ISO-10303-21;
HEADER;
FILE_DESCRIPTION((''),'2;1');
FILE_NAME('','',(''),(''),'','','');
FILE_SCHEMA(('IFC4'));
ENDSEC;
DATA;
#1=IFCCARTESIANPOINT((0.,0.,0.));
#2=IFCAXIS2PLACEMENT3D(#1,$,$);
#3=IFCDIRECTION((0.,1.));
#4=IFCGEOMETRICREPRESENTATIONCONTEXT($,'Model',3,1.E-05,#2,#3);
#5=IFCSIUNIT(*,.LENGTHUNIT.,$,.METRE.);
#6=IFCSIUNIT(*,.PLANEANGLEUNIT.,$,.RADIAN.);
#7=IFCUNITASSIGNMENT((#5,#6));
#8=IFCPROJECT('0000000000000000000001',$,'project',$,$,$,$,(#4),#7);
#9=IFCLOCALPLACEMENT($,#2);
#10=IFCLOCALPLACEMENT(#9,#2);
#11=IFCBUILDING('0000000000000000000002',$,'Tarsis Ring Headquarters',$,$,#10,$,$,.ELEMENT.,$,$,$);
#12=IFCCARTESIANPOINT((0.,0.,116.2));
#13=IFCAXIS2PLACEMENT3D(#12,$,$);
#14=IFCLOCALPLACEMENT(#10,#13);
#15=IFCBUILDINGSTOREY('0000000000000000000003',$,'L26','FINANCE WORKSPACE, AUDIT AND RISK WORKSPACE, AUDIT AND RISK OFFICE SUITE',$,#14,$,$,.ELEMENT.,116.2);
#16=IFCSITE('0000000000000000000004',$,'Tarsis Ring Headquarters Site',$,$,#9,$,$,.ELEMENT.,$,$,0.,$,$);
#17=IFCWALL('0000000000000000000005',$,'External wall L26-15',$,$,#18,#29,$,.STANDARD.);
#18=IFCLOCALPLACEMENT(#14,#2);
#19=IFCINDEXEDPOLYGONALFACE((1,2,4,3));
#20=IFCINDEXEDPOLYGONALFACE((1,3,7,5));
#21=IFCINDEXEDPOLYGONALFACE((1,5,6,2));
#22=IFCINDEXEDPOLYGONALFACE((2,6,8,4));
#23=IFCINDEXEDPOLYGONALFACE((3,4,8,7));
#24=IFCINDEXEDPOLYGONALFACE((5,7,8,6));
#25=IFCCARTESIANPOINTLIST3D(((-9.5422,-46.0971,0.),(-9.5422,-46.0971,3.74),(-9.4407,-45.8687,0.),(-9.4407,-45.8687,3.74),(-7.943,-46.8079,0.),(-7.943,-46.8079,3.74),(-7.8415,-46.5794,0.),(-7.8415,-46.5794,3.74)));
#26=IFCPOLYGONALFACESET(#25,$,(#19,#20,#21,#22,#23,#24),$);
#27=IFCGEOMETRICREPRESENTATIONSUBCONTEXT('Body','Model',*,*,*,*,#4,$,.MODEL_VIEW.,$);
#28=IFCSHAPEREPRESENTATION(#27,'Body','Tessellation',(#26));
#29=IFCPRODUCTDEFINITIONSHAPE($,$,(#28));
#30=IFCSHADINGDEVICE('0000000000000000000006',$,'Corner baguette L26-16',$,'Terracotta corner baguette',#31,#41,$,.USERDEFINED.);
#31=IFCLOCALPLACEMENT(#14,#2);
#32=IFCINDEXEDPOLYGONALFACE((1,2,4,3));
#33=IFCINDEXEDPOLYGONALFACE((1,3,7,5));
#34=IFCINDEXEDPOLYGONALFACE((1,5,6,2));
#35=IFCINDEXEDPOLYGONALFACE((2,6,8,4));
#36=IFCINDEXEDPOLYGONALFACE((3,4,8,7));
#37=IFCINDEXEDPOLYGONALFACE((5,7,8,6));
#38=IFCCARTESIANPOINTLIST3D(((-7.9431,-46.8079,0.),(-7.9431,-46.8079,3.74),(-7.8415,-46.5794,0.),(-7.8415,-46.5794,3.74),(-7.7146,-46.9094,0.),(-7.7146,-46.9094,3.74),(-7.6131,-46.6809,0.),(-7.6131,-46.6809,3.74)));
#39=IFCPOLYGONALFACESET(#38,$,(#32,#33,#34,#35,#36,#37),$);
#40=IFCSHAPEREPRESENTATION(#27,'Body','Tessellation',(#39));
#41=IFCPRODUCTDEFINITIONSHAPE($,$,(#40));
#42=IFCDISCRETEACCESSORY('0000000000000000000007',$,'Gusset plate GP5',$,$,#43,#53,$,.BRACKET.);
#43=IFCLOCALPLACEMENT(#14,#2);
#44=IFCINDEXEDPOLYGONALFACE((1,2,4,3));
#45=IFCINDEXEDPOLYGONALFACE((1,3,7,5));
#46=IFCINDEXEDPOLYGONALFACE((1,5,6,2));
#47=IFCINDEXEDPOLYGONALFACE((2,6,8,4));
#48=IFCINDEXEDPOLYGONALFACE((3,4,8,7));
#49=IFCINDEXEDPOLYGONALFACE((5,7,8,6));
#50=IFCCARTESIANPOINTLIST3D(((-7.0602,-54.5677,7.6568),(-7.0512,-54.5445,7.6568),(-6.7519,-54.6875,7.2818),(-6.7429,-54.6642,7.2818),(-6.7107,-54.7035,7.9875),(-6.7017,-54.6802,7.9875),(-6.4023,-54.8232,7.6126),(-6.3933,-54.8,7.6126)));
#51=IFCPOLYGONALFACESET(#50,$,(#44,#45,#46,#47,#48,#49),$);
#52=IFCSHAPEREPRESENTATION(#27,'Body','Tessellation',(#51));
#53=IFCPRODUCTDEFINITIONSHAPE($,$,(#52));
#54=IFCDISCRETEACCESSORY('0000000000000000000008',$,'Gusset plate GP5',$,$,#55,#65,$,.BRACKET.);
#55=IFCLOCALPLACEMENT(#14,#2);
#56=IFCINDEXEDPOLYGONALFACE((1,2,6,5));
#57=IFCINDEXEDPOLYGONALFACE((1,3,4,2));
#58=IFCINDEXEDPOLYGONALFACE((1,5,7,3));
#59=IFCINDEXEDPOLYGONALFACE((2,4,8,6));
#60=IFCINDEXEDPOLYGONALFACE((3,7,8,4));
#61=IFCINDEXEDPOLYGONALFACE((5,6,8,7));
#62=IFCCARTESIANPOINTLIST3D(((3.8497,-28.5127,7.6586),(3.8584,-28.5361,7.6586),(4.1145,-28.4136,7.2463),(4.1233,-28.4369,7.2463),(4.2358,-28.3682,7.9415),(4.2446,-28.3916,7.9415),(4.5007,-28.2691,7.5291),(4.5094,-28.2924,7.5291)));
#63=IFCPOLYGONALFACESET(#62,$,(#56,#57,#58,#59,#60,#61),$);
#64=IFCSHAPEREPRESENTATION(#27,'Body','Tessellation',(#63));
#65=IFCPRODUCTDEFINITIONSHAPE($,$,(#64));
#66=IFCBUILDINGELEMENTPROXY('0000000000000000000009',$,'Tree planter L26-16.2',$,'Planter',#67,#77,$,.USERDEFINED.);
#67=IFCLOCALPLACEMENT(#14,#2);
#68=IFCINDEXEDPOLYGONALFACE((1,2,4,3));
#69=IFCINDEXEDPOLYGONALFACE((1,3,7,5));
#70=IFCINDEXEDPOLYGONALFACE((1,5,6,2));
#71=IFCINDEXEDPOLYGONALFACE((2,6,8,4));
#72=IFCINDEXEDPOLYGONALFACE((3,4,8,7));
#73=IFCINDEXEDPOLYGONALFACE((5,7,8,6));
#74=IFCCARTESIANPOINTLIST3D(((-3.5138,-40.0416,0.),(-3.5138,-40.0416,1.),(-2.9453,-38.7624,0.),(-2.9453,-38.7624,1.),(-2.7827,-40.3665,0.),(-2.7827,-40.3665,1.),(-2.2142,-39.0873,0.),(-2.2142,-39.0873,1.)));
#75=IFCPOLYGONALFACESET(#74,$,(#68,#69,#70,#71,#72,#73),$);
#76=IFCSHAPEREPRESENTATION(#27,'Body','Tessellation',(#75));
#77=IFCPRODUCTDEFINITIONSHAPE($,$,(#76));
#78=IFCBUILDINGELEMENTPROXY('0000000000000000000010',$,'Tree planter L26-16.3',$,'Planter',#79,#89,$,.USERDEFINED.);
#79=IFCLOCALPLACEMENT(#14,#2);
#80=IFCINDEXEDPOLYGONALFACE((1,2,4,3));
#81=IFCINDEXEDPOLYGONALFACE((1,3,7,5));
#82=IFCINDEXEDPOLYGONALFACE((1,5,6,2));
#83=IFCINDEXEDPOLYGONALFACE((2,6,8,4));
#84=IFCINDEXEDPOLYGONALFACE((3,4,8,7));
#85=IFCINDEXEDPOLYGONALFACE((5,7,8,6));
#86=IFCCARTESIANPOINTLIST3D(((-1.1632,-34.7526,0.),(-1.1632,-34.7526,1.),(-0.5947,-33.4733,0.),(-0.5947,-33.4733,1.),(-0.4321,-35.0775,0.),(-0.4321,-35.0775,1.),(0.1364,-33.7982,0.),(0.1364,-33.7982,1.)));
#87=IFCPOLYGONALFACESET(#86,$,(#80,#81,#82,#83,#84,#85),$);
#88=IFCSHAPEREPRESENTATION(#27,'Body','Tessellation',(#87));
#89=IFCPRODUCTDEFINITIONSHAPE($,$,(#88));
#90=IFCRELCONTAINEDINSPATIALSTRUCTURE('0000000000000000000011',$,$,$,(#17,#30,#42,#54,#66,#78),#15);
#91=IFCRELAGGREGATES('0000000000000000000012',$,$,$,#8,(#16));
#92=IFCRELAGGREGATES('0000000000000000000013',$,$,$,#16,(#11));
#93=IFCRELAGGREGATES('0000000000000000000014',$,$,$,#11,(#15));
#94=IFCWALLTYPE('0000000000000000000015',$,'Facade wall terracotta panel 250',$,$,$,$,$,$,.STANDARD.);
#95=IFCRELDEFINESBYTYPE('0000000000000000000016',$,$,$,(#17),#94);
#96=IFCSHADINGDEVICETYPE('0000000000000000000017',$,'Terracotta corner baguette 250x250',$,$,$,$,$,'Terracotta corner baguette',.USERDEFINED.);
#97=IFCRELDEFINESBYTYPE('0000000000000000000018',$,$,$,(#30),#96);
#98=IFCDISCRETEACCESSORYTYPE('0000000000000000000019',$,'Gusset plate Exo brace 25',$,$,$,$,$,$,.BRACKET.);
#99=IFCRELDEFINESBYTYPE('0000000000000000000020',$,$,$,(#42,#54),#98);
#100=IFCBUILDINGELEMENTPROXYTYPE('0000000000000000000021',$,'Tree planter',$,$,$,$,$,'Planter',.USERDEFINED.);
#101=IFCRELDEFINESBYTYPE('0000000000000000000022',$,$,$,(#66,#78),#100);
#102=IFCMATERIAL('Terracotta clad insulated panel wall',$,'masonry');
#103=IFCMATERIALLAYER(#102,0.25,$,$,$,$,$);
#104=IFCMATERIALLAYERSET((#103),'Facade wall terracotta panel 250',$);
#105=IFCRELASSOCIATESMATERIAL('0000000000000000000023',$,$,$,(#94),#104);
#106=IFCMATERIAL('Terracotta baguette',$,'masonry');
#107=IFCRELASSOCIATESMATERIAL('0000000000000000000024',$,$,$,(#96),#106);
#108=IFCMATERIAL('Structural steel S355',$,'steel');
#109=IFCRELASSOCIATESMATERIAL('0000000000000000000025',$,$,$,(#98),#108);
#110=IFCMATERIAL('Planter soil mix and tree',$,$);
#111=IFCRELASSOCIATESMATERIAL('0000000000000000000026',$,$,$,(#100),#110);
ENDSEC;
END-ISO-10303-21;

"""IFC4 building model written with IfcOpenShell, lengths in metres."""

from ifc_helpers import new_model, si_unit, direction, frame, frame_2d, origin, origin_2d, place, context, subcontext, project, spatial, rectangle, extrude, material, layer, layer_set, material_profile, profile_set, type_object, element, save


model = new_model("IFC4")

# Units and contexts
model_context = context("Model", 3, precision=1e-05, world=origin(), true_north=direction((0.0, 1.0)))
body_context = subcontext(model_context, "Body", "Model", "MODEL_VIEW")
ifc_project = project(units=[si_unit("LENGTHUNIT", "METRE"), si_unit("PLANEANGLEUNIT", "RADIAN")], contexts=[model_context])

# Site, building, storey
site_placement = place(None, origin())
site = spatial("IfcSite", under=ifc_project, at=site_placement, Name="Tarsis Ring Headquarters Site", CompositionType="ELEMENT", RefElevation=0.0)
building_placement = place(site_placement, origin())
building = spatial("IfcBuilding", under=site, at=building_placement, Name="Tarsis Ring Headquarters", CompositionType="ELEMENT")
storey_placement = place(building_placement, frame((0.0, 0.0, 116.2)))
storey = spatial("IfcBuildingStorey", under=building, at=storey_placement, Name="L26", Description="FINANCE WORKSPACE, AUDIT AND RISK WORKSPACE, AUDIT AND RISK OFFICE SUITE", CompositionType="ELEMENT", Elevation=116.2)

# Shared definitions
ifc_material_1 = material(Name="Structural steel S355", Category="steel")

# Wall
ifc_material_2 = material(Name="Terracotta clad insulated panel wall", Category="masonry")
ifc_layer_1 = layer(ifc_material_2, 0.25)
ifc_layer_set_1 = layer_set([ifc_layer_1], Name="Facade wall terracotta panel 250")
wall_type_1 = type_object("IfcWallType", Name="Facade wall terracotta panel 250", PredefinedType="STANDARD", material=ifc_layer_set_1)
wall_1_placement = place(storey_placement, frame((-9.4915, -45.9829, 0.0), z_axis=(0.0, 0.0, 1.0), x_axis=(0.913817, -0.406126, 0.0)))
element("IfcWall", 1, at=wall_1_placement, inside=storey, type_object=wall_type_1, Name="External wall L26-15", PredefinedType="STANDARD", context=body_context, shape_type="SweptSolid", body=[
    extrude(rectangle(XDim=1.75, YDim=0.25, at=frame_2d((0.875, 0.0))), origin(), (0.0, 0.0, 1.0), 3.74),
])

# Shading device
ifc_material_3 = material(Name="Terracotta baguette", Category="masonry")
shading_device_type_1 = type_object("IfcShadingDeviceType", Name="Terracotta corner baguette 250x250", ElementType="Terracotta corner baguette", PredefinedType="USERDEFINED", material=ifc_material_3)
shading_device_1_placement = place(storey_placement, frame((-7.7781, -46.7444, 0.0), z_axis=(0.0, 0.0, 1.0), x_axis=(0.913829, -0.406099, 0.0)))
element("IfcShadingDevice", 2, at=shading_device_1_placement, inside=storey, type_object=shading_device_type_1, Name="Corner baguette L26-16", ObjectType="Terracotta corner baguette", PredefinedType="USERDEFINED", context=body_context, shape_type="SweptSolid", body=[
    extrude(rectangle(XDim=0.25, YDim=0.25, at=origin_2d()), origin(), (0.0, 0.0, 1.0), 3.74),
])

# Discrete accessories
ifc_material_profile_1 = material_profile(ifc_material_1, rectangle(XDim=0.0249, YDim=0.5, at=origin_2d()), Name="PL 25x500")
ifc_profile_set_1 = profile_set([ifc_material_profile_1], Name="Structural steel S355")
discrete_accessory_type = type_object("IfcDiscreteAccessoryType", Name="Gusset plate Exo brace 25", PredefinedType="BRACKET", material=ifc_profile_set_1)
for number, where, z_axis, x_axis, name in (
    (3, (-6.552, -54.7517, 7.8), (-0.699095, 0.271436, -0.661504), (-0.361944, -0.9322, 0.0), "Gusset plate GP5"),
    (4, (4.0471, -28.4521, 7.8), (0.529755, 0.198231, -0.82466), (-0.350461, 0.936577, 0.0), "Gusset plate GP5"),
):
    element("IfcDiscreteAccessory", number, at=place(storey_placement, frame(where, z_axis=z_axis, x_axis=x_axis)), inside=storey, type_object=discrete_accessory_type, Name=name, PredefinedType="BRACKET", context=body_context, shape_type="SweptSolid", body=[
        extrude(rectangle(XDim=0.0249, YDim=0.5, at=origin_2d()), origin(), (0.0, 0.0, 1.0), 0.5),
    ])

# Building element proxies
ifc_material_4 = material(Name="Planter soil mix and tree")
building_element_proxy_type = type_object("IfcBuildingElementProxyType", Name="Tree planter", ElementType="Planter", PredefinedType="USERDEFINED", material=ifc_material_4)
for number, where, z_axis, x_axis, name in (
    (5, (-2.864, -39.5645, 0.0), (0.0, 0.0, 1.0), (0.406099, 0.913829, 0.0), "Tree planter L26-16.2"),
    (6, (-0.5134, -34.2754, 0.0), (0.0, 0.0, 1.0), (0.406099, 0.913829, 0.0), "Tree planter L26-16.3"),
):
    element("IfcBuildingElementProxy", number, at=place(storey_placement, frame(where, z_axis=z_axis, x_axis=x_axis)), inside=storey, type_object=building_element_proxy_type, Name=name, ObjectType="Planter", PredefinedType="USERDEFINED", context=body_context, shape_type="SweptSolid", body=[
        extrude(rectangle(XDim=1.3999, YDim=0.8, at=origin_2d()), origin(), (0.0, 0.0, 1.0), 1.0),
    ])

save(model, "model.ifc")
